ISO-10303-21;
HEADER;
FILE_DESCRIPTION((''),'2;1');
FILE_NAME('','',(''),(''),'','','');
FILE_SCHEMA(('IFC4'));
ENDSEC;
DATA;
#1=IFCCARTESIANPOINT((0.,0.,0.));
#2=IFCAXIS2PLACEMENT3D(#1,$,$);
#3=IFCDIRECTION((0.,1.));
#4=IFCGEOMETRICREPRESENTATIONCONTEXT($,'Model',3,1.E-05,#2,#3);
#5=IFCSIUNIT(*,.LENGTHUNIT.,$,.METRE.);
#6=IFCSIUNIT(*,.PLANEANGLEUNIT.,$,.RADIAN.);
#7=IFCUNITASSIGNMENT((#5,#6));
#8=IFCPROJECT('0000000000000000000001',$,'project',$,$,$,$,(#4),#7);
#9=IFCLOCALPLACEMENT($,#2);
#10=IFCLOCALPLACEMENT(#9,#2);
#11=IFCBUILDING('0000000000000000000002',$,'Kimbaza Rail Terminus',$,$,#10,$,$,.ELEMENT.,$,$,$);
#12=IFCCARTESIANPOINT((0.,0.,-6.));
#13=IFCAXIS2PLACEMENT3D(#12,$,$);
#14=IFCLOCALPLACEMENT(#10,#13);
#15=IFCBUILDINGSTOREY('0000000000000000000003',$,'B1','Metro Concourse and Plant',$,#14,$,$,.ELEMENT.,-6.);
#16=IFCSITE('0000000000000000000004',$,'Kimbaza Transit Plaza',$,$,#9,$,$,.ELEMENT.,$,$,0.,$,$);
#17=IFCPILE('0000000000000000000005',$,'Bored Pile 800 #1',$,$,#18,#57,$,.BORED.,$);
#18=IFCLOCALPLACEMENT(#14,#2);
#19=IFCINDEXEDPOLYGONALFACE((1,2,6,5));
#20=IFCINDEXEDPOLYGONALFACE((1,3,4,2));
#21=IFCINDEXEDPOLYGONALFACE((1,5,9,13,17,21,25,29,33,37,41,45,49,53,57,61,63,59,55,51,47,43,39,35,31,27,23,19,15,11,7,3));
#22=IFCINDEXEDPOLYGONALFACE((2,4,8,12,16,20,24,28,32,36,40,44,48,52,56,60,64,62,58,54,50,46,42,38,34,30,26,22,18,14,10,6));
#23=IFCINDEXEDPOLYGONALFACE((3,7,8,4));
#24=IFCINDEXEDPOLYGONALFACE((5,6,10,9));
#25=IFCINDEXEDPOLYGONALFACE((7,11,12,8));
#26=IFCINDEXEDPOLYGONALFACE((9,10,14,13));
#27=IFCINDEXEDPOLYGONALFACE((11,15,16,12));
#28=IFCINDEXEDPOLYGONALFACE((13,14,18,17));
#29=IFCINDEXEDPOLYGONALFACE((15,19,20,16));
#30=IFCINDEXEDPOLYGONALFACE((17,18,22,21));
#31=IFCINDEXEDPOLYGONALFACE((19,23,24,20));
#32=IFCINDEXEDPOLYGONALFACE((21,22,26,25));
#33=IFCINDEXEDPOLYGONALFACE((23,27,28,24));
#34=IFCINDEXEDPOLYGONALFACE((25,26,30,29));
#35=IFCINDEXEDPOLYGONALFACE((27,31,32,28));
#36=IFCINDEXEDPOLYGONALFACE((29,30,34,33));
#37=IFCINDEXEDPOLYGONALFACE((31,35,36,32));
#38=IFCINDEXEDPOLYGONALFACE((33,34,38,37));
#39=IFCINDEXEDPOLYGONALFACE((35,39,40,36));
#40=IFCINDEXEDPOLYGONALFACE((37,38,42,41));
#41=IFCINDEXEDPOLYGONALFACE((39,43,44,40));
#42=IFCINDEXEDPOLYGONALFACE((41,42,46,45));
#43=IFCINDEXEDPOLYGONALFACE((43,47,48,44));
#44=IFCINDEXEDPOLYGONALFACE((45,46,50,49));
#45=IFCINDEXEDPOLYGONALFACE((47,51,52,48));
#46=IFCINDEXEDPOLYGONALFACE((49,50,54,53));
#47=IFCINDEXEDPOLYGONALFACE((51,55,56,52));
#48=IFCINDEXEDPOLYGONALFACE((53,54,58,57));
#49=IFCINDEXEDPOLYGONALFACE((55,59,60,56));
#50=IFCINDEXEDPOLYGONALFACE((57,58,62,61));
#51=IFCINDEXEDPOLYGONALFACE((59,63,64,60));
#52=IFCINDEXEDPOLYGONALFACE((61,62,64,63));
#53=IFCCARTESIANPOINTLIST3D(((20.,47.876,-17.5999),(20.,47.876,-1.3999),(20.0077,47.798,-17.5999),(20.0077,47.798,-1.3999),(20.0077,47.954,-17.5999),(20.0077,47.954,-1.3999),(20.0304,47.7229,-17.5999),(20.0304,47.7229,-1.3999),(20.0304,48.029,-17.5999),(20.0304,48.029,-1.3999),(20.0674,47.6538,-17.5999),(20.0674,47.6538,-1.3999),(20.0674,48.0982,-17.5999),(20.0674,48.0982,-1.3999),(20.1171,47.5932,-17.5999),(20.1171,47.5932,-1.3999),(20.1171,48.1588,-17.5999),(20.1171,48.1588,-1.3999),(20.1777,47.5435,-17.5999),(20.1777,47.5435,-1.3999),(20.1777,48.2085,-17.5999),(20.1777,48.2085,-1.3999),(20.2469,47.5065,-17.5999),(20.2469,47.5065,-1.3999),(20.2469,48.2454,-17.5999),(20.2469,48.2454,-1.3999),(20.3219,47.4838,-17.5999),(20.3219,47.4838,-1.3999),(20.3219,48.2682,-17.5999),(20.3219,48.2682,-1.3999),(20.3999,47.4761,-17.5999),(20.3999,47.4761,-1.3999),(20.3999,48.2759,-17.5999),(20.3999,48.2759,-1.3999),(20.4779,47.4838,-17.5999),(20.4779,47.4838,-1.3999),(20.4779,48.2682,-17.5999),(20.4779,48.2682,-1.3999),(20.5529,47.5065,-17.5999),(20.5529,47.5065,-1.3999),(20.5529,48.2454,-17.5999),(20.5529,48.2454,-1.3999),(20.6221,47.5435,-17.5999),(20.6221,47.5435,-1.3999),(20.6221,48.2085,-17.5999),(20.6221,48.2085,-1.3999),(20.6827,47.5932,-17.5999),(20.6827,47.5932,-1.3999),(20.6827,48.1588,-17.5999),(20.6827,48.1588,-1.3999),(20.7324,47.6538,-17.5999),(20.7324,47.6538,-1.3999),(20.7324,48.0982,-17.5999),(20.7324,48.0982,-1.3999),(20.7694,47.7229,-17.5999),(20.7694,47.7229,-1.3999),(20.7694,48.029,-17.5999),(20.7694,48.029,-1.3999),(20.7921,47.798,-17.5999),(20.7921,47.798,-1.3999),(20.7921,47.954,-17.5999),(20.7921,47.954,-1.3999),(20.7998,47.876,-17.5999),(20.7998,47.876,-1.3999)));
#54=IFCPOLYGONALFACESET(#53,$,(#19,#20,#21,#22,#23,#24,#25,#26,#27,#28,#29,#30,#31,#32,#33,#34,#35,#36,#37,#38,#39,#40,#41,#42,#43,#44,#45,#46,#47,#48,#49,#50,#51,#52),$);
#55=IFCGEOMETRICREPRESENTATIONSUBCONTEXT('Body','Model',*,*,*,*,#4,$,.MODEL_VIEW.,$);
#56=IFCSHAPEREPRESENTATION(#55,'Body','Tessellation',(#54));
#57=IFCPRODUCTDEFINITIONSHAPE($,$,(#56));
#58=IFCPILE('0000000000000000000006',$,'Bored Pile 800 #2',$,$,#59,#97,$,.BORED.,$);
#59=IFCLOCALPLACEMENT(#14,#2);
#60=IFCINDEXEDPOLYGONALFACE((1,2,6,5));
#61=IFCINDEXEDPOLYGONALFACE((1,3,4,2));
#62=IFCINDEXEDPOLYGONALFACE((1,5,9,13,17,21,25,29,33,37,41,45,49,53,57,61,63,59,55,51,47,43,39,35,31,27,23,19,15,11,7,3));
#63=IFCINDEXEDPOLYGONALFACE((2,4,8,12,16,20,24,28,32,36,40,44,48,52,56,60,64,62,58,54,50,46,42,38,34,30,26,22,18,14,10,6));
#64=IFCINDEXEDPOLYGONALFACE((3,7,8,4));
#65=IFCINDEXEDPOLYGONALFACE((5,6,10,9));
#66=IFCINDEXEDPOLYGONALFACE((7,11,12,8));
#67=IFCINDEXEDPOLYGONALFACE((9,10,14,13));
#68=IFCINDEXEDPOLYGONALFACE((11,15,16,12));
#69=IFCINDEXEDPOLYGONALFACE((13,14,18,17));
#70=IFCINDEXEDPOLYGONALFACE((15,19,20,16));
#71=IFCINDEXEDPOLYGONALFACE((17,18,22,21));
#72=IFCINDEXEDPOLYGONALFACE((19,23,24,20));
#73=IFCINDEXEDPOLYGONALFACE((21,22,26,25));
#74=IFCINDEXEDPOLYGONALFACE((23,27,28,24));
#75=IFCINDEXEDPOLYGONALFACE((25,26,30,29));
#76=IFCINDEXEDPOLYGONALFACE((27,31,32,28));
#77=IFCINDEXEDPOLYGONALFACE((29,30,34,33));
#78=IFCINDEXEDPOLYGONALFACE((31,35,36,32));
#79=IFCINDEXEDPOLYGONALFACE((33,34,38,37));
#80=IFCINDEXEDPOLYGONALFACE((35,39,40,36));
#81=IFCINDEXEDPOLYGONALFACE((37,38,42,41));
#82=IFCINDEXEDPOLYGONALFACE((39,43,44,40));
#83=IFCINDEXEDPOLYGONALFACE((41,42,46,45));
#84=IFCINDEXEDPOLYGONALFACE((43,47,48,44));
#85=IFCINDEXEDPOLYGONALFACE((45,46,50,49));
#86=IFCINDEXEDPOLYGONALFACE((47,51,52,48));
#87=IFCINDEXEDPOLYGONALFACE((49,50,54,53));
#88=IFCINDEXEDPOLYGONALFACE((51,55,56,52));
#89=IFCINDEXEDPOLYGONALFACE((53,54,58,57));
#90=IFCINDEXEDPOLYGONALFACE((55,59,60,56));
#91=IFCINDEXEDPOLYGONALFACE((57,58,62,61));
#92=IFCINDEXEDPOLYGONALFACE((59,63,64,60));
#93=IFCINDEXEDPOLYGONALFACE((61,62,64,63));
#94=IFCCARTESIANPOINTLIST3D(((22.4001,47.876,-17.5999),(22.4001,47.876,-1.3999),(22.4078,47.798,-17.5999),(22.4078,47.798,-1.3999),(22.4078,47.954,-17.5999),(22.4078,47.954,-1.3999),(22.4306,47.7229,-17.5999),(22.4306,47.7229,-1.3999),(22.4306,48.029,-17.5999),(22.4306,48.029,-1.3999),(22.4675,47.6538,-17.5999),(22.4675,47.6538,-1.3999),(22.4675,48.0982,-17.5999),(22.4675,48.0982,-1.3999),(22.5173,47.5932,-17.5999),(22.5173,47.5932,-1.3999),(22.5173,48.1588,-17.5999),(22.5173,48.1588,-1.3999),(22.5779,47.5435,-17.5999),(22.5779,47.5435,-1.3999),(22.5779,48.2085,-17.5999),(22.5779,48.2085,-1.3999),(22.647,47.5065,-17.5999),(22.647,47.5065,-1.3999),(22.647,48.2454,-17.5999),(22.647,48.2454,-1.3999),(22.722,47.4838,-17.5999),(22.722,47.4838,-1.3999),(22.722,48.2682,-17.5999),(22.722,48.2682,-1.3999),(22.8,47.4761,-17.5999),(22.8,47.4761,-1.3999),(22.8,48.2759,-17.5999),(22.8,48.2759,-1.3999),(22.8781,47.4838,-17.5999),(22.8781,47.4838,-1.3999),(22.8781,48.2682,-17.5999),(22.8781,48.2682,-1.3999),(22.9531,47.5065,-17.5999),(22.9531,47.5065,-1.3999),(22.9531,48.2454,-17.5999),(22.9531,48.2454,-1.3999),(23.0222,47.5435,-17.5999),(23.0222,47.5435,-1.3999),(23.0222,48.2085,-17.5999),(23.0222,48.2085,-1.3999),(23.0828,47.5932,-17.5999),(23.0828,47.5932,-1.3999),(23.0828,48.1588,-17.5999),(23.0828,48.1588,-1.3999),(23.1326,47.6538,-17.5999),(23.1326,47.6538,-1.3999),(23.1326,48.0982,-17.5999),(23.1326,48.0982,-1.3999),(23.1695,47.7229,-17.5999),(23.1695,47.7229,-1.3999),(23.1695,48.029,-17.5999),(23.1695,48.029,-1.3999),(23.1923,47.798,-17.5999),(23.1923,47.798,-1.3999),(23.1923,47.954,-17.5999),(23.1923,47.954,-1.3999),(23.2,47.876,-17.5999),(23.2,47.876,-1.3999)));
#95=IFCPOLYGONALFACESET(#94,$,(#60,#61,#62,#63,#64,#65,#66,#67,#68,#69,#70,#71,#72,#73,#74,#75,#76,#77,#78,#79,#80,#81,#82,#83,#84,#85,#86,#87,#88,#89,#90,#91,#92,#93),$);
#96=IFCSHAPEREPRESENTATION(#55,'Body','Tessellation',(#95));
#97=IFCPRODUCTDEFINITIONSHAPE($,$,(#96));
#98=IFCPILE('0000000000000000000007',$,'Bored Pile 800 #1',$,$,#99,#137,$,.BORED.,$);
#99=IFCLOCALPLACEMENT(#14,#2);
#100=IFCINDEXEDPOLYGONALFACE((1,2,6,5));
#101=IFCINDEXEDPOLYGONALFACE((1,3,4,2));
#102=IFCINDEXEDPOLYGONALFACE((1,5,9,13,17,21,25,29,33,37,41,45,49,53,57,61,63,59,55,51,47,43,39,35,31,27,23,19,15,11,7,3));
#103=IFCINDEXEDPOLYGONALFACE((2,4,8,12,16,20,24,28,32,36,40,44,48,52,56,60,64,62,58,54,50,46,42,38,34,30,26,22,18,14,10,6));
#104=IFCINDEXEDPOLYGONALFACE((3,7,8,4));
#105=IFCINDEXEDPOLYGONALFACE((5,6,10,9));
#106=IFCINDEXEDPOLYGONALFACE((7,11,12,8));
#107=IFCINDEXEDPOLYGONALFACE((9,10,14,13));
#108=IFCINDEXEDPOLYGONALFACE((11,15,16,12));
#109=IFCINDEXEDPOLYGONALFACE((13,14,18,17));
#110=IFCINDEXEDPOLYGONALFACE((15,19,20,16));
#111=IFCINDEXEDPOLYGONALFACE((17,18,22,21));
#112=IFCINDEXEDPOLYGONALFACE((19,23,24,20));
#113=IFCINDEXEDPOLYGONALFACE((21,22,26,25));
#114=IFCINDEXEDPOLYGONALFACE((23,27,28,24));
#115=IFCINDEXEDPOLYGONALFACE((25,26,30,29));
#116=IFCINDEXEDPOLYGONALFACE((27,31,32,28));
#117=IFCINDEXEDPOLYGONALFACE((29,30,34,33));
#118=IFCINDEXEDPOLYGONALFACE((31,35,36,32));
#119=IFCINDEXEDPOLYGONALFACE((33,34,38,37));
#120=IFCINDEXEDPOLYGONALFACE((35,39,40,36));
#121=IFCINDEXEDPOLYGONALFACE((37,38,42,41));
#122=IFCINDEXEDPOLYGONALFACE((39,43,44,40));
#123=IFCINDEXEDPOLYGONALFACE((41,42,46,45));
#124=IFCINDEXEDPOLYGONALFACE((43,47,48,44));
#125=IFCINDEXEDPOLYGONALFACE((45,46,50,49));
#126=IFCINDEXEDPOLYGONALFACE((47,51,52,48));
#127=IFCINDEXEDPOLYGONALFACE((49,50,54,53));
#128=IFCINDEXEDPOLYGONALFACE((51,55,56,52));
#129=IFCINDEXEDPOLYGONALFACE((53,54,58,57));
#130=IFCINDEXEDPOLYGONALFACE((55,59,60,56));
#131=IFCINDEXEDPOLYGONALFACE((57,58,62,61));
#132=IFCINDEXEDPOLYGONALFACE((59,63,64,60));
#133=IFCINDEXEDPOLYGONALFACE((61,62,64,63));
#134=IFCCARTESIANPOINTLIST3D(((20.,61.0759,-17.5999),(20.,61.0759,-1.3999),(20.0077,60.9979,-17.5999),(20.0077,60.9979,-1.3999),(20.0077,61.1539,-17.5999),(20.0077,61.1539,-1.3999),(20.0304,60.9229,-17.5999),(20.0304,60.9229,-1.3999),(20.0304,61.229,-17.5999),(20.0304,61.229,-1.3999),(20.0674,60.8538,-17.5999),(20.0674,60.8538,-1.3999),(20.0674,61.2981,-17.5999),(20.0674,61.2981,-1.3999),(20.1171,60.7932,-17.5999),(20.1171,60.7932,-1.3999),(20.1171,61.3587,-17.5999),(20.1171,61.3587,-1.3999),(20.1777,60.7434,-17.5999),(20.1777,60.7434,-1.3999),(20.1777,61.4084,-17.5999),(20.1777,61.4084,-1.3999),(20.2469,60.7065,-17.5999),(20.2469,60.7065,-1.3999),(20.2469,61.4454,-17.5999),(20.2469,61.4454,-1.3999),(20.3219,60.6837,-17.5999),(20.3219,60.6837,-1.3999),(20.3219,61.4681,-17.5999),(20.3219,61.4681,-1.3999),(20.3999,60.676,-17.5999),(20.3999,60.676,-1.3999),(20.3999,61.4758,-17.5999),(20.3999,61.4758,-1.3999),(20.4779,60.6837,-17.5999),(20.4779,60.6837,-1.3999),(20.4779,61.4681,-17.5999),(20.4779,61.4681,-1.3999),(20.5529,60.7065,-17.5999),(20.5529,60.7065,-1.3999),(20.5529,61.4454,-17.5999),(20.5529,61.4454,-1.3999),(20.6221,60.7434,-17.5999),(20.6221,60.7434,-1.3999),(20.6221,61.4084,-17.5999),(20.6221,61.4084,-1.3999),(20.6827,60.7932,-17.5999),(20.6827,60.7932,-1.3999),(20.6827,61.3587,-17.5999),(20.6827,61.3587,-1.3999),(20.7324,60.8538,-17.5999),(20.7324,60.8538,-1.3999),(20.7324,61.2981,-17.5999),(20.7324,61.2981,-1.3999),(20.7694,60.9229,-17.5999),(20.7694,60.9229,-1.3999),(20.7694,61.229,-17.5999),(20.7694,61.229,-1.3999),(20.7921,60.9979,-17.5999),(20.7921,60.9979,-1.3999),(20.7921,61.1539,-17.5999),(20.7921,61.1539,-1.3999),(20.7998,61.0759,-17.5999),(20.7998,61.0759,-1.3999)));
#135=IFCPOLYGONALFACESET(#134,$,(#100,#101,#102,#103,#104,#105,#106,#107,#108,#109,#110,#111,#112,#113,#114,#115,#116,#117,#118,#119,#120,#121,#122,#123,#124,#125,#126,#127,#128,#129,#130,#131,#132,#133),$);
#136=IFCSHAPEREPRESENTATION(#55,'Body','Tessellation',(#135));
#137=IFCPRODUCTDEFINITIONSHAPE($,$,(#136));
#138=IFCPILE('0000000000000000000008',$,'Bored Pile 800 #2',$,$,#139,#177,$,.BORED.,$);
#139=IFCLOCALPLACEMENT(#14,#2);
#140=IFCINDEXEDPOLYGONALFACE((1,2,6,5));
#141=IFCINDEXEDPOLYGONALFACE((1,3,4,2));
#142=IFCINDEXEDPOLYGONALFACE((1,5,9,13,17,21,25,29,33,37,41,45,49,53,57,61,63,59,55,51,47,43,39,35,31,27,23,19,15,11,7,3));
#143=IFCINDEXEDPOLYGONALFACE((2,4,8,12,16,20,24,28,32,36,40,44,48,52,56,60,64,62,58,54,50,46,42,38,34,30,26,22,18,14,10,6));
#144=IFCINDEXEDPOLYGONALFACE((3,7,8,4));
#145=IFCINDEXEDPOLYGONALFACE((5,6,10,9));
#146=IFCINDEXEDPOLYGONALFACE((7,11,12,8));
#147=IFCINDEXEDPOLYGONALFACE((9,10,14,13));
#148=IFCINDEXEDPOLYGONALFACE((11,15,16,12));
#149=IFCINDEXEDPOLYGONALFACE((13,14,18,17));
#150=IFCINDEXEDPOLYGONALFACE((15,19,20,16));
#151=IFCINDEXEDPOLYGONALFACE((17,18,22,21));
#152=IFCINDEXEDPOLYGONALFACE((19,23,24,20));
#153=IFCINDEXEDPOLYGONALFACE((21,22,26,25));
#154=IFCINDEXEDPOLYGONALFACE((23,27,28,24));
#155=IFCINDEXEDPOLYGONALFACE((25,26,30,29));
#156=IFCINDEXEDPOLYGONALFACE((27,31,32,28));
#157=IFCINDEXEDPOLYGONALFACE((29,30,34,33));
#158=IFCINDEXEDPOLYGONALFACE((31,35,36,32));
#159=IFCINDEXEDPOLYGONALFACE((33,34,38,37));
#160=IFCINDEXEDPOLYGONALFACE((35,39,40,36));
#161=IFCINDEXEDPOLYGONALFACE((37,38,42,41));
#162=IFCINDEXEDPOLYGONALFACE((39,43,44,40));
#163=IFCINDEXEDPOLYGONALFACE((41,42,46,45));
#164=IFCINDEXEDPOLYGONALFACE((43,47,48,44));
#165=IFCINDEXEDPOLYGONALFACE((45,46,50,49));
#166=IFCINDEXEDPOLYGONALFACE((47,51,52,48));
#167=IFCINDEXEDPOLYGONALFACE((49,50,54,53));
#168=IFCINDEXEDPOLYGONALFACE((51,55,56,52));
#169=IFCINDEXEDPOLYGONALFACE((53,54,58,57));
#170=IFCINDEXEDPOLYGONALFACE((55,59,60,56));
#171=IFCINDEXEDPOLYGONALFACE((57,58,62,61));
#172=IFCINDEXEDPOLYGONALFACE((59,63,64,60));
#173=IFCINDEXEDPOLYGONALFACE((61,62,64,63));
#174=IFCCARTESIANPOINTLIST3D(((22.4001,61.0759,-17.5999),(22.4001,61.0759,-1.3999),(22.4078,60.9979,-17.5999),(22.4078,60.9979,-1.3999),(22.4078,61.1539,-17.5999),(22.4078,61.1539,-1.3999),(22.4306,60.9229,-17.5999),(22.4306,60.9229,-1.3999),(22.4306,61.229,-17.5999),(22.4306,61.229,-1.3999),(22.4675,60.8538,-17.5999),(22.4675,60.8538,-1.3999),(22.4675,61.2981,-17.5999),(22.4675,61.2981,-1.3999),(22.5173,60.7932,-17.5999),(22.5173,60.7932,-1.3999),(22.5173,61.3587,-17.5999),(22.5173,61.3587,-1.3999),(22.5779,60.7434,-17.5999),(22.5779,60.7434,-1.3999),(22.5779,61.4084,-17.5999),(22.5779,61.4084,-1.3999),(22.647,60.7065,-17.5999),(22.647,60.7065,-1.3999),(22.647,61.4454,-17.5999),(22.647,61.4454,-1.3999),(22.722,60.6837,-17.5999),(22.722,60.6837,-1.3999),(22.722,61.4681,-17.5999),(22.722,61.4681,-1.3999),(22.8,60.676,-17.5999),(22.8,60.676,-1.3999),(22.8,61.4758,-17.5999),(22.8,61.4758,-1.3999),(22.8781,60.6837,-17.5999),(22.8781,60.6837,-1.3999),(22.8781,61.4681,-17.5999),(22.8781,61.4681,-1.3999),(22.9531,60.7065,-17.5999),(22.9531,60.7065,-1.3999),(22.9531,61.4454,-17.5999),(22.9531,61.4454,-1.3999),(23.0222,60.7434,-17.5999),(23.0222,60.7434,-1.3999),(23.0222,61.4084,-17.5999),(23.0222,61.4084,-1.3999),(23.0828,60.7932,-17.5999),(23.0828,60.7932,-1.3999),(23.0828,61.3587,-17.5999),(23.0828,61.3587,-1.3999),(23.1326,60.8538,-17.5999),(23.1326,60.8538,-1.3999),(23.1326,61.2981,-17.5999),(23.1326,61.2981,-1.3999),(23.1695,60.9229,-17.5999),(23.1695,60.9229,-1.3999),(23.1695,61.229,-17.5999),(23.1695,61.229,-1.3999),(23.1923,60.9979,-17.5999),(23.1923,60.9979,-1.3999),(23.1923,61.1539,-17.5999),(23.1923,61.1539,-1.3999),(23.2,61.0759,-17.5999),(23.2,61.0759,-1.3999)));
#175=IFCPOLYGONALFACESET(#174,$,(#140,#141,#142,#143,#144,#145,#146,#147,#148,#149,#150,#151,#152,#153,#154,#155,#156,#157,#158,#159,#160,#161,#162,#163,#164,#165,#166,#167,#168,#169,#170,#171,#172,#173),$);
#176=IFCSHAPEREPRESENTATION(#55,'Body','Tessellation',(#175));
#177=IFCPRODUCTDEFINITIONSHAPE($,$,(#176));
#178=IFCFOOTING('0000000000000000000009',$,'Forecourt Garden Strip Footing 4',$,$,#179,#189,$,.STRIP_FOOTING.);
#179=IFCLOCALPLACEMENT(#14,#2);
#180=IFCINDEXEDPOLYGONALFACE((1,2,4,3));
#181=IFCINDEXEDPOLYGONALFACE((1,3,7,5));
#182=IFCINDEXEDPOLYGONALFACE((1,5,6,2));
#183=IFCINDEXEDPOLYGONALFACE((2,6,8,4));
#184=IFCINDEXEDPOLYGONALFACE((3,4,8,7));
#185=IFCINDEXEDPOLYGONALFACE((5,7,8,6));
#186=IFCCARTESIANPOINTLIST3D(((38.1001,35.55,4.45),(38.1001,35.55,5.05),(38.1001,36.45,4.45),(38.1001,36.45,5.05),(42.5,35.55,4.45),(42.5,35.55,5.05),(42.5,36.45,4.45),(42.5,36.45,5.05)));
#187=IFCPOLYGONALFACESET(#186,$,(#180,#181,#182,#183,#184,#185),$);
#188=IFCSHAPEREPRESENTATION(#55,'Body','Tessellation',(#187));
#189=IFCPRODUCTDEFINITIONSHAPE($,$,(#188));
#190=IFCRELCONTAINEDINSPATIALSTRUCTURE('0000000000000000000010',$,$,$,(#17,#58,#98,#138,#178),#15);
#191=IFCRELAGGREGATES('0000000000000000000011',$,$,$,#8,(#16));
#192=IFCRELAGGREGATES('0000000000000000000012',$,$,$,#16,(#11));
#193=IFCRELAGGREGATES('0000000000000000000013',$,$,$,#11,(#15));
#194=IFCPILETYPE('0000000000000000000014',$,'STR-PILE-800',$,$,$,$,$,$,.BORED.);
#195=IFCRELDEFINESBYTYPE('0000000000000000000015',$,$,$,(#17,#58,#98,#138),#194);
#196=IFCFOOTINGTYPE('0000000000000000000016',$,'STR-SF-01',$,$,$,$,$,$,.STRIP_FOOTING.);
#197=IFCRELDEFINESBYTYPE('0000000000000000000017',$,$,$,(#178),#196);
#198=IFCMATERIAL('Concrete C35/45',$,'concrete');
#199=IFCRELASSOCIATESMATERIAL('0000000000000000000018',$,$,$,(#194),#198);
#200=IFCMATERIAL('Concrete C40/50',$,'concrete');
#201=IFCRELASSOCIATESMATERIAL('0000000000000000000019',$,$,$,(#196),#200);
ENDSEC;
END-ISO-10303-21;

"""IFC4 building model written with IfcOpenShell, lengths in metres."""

from ifc_helpers import new_model, si_unit, direction, frame, origin, origin_2d, place, context, subcontext, project, spatial, rectangle, circle, extrude, material, material_profile, profile_set, type_object, element, save


model = new_model("IFC4")

# Units and contexts
model_context = context("Model", 3, precision=1e-05, world=origin(), true_north=direction((0.0, 1.0)))
body_context = subcontext(model_context, "Body", "Model", "MODEL_VIEW")
ifc_project = project(units=[si_unit("LENGTHUNIT", "METRE"), si_unit("PLANEANGLEUNIT", "RADIAN")], contexts=[model_context])

# Site, building, storey
site_placement = place(None, origin())
site = spatial("IfcSite", under=ifc_project, at=site_placement, Name="Kimbaza Transit Plaza", CompositionType="ELEMENT", RefElevation=0.0)
building_placement = place(site_placement, origin())
building = spatial("IfcBuilding", under=site, at=building_placement, Name="Kimbaza Rail Terminus", CompositionType="ELEMENT")
storey_placement = place(building_placement, frame((0.0, 0.0, -6.0)))
storey = spatial("IfcBuildingStorey", under=building, at=storey_placement, Name="B1", Description="Metro Concourse and Plant", CompositionType="ELEMENT", Elevation=-6.0)

# Piles
ifc_material_1 = material(Name="Concrete C35/45", Category="concrete")
ifc_material_profile_1 = material_profile(ifc_material_1, circle(Radius=0.3999, at=origin_2d()), Name="BORED PILE 800")
ifc_profile_set_1 = profile_set([ifc_material_profile_1], Name="Concrete C35/45")
pile_type_1 = type_object("IfcPileType", Name="STR-PILE-800", PredefinedType="BORED", material=ifc_profile_set_1)
for number, where, z_axis, x_axis, name in (
    (1, (20.3999, 47.876, -1.3999), (0.0, 0.0, -1.0), (1.0, 0.0, 0.0), "Bored Pile 800 #1"),
    (2, (22.8, 47.876, -1.3999), (0.0, 0.0, -1.0), (1.0, 0.0, 0.0), "Bored Pile 800 #2"),
    (3, (20.3999, 61.0759, -1.3999), (0.0, 0.0, -1.0), (1.0, 0.0, 0.0), "Bored Pile 800 #1"),
    (4, (22.8, 61.0759, -1.3999), (0.0, 0.0, -1.0), (1.0, 0.0, 0.0), "Bored Pile 800 #2"),
):
    element("IfcPile", number, at=place(storey_placement, frame(where, z_axis=z_axis, x_axis=x_axis)), inside=storey, type_object=pile_type_1, Name=name, PredefinedType="BORED", context=body_context, shape_type="SweptSolid", body=[
        extrude(circle(Radius=0.3999, at=origin_2d()), origin(), (0.0, 0.0, 1.0), 16.2),
    ])

# Footing
ifc_material_2 = material(Name="Concrete C40/50", Category="concrete")
ifc_material_profile_2 = material_profile(ifc_material_2, rectangle(XDim=0.8999, YDim=0.6001, at=origin_2d()), Name="SF-01 900x600")
ifc_profile_set_2 = profile_set([ifc_material_profile_2], Name="Concrete C40/50")
footing_type_1 = type_object("IfcFootingType", Name="STR-SF-01", PredefinedType="STRIP_FOOTING", material=ifc_profile_set_2)
footing_1_placement = place(storey_placement, frame((38.1001, 36.0, 4.75), z_axis=(1.0, 0.0, 0.0), x_axis=(0.0, 1.0, 0.0)))
element("IfcFooting", 5, at=footing_1_placement, inside=storey, type_object=footing_type_1, Name="Forecourt Garden Strip Footing 4", PredefinedType="STRIP_FOOTING", context=body_context, shape_type="SweptSolid", body=[
    extrude(rectangle(XDim=0.8999, YDim=0.6001, at=origin_2d()), origin(), (0.0, 0.0, 1.0), 4.3999),
])

save(model, "model.ifc")
